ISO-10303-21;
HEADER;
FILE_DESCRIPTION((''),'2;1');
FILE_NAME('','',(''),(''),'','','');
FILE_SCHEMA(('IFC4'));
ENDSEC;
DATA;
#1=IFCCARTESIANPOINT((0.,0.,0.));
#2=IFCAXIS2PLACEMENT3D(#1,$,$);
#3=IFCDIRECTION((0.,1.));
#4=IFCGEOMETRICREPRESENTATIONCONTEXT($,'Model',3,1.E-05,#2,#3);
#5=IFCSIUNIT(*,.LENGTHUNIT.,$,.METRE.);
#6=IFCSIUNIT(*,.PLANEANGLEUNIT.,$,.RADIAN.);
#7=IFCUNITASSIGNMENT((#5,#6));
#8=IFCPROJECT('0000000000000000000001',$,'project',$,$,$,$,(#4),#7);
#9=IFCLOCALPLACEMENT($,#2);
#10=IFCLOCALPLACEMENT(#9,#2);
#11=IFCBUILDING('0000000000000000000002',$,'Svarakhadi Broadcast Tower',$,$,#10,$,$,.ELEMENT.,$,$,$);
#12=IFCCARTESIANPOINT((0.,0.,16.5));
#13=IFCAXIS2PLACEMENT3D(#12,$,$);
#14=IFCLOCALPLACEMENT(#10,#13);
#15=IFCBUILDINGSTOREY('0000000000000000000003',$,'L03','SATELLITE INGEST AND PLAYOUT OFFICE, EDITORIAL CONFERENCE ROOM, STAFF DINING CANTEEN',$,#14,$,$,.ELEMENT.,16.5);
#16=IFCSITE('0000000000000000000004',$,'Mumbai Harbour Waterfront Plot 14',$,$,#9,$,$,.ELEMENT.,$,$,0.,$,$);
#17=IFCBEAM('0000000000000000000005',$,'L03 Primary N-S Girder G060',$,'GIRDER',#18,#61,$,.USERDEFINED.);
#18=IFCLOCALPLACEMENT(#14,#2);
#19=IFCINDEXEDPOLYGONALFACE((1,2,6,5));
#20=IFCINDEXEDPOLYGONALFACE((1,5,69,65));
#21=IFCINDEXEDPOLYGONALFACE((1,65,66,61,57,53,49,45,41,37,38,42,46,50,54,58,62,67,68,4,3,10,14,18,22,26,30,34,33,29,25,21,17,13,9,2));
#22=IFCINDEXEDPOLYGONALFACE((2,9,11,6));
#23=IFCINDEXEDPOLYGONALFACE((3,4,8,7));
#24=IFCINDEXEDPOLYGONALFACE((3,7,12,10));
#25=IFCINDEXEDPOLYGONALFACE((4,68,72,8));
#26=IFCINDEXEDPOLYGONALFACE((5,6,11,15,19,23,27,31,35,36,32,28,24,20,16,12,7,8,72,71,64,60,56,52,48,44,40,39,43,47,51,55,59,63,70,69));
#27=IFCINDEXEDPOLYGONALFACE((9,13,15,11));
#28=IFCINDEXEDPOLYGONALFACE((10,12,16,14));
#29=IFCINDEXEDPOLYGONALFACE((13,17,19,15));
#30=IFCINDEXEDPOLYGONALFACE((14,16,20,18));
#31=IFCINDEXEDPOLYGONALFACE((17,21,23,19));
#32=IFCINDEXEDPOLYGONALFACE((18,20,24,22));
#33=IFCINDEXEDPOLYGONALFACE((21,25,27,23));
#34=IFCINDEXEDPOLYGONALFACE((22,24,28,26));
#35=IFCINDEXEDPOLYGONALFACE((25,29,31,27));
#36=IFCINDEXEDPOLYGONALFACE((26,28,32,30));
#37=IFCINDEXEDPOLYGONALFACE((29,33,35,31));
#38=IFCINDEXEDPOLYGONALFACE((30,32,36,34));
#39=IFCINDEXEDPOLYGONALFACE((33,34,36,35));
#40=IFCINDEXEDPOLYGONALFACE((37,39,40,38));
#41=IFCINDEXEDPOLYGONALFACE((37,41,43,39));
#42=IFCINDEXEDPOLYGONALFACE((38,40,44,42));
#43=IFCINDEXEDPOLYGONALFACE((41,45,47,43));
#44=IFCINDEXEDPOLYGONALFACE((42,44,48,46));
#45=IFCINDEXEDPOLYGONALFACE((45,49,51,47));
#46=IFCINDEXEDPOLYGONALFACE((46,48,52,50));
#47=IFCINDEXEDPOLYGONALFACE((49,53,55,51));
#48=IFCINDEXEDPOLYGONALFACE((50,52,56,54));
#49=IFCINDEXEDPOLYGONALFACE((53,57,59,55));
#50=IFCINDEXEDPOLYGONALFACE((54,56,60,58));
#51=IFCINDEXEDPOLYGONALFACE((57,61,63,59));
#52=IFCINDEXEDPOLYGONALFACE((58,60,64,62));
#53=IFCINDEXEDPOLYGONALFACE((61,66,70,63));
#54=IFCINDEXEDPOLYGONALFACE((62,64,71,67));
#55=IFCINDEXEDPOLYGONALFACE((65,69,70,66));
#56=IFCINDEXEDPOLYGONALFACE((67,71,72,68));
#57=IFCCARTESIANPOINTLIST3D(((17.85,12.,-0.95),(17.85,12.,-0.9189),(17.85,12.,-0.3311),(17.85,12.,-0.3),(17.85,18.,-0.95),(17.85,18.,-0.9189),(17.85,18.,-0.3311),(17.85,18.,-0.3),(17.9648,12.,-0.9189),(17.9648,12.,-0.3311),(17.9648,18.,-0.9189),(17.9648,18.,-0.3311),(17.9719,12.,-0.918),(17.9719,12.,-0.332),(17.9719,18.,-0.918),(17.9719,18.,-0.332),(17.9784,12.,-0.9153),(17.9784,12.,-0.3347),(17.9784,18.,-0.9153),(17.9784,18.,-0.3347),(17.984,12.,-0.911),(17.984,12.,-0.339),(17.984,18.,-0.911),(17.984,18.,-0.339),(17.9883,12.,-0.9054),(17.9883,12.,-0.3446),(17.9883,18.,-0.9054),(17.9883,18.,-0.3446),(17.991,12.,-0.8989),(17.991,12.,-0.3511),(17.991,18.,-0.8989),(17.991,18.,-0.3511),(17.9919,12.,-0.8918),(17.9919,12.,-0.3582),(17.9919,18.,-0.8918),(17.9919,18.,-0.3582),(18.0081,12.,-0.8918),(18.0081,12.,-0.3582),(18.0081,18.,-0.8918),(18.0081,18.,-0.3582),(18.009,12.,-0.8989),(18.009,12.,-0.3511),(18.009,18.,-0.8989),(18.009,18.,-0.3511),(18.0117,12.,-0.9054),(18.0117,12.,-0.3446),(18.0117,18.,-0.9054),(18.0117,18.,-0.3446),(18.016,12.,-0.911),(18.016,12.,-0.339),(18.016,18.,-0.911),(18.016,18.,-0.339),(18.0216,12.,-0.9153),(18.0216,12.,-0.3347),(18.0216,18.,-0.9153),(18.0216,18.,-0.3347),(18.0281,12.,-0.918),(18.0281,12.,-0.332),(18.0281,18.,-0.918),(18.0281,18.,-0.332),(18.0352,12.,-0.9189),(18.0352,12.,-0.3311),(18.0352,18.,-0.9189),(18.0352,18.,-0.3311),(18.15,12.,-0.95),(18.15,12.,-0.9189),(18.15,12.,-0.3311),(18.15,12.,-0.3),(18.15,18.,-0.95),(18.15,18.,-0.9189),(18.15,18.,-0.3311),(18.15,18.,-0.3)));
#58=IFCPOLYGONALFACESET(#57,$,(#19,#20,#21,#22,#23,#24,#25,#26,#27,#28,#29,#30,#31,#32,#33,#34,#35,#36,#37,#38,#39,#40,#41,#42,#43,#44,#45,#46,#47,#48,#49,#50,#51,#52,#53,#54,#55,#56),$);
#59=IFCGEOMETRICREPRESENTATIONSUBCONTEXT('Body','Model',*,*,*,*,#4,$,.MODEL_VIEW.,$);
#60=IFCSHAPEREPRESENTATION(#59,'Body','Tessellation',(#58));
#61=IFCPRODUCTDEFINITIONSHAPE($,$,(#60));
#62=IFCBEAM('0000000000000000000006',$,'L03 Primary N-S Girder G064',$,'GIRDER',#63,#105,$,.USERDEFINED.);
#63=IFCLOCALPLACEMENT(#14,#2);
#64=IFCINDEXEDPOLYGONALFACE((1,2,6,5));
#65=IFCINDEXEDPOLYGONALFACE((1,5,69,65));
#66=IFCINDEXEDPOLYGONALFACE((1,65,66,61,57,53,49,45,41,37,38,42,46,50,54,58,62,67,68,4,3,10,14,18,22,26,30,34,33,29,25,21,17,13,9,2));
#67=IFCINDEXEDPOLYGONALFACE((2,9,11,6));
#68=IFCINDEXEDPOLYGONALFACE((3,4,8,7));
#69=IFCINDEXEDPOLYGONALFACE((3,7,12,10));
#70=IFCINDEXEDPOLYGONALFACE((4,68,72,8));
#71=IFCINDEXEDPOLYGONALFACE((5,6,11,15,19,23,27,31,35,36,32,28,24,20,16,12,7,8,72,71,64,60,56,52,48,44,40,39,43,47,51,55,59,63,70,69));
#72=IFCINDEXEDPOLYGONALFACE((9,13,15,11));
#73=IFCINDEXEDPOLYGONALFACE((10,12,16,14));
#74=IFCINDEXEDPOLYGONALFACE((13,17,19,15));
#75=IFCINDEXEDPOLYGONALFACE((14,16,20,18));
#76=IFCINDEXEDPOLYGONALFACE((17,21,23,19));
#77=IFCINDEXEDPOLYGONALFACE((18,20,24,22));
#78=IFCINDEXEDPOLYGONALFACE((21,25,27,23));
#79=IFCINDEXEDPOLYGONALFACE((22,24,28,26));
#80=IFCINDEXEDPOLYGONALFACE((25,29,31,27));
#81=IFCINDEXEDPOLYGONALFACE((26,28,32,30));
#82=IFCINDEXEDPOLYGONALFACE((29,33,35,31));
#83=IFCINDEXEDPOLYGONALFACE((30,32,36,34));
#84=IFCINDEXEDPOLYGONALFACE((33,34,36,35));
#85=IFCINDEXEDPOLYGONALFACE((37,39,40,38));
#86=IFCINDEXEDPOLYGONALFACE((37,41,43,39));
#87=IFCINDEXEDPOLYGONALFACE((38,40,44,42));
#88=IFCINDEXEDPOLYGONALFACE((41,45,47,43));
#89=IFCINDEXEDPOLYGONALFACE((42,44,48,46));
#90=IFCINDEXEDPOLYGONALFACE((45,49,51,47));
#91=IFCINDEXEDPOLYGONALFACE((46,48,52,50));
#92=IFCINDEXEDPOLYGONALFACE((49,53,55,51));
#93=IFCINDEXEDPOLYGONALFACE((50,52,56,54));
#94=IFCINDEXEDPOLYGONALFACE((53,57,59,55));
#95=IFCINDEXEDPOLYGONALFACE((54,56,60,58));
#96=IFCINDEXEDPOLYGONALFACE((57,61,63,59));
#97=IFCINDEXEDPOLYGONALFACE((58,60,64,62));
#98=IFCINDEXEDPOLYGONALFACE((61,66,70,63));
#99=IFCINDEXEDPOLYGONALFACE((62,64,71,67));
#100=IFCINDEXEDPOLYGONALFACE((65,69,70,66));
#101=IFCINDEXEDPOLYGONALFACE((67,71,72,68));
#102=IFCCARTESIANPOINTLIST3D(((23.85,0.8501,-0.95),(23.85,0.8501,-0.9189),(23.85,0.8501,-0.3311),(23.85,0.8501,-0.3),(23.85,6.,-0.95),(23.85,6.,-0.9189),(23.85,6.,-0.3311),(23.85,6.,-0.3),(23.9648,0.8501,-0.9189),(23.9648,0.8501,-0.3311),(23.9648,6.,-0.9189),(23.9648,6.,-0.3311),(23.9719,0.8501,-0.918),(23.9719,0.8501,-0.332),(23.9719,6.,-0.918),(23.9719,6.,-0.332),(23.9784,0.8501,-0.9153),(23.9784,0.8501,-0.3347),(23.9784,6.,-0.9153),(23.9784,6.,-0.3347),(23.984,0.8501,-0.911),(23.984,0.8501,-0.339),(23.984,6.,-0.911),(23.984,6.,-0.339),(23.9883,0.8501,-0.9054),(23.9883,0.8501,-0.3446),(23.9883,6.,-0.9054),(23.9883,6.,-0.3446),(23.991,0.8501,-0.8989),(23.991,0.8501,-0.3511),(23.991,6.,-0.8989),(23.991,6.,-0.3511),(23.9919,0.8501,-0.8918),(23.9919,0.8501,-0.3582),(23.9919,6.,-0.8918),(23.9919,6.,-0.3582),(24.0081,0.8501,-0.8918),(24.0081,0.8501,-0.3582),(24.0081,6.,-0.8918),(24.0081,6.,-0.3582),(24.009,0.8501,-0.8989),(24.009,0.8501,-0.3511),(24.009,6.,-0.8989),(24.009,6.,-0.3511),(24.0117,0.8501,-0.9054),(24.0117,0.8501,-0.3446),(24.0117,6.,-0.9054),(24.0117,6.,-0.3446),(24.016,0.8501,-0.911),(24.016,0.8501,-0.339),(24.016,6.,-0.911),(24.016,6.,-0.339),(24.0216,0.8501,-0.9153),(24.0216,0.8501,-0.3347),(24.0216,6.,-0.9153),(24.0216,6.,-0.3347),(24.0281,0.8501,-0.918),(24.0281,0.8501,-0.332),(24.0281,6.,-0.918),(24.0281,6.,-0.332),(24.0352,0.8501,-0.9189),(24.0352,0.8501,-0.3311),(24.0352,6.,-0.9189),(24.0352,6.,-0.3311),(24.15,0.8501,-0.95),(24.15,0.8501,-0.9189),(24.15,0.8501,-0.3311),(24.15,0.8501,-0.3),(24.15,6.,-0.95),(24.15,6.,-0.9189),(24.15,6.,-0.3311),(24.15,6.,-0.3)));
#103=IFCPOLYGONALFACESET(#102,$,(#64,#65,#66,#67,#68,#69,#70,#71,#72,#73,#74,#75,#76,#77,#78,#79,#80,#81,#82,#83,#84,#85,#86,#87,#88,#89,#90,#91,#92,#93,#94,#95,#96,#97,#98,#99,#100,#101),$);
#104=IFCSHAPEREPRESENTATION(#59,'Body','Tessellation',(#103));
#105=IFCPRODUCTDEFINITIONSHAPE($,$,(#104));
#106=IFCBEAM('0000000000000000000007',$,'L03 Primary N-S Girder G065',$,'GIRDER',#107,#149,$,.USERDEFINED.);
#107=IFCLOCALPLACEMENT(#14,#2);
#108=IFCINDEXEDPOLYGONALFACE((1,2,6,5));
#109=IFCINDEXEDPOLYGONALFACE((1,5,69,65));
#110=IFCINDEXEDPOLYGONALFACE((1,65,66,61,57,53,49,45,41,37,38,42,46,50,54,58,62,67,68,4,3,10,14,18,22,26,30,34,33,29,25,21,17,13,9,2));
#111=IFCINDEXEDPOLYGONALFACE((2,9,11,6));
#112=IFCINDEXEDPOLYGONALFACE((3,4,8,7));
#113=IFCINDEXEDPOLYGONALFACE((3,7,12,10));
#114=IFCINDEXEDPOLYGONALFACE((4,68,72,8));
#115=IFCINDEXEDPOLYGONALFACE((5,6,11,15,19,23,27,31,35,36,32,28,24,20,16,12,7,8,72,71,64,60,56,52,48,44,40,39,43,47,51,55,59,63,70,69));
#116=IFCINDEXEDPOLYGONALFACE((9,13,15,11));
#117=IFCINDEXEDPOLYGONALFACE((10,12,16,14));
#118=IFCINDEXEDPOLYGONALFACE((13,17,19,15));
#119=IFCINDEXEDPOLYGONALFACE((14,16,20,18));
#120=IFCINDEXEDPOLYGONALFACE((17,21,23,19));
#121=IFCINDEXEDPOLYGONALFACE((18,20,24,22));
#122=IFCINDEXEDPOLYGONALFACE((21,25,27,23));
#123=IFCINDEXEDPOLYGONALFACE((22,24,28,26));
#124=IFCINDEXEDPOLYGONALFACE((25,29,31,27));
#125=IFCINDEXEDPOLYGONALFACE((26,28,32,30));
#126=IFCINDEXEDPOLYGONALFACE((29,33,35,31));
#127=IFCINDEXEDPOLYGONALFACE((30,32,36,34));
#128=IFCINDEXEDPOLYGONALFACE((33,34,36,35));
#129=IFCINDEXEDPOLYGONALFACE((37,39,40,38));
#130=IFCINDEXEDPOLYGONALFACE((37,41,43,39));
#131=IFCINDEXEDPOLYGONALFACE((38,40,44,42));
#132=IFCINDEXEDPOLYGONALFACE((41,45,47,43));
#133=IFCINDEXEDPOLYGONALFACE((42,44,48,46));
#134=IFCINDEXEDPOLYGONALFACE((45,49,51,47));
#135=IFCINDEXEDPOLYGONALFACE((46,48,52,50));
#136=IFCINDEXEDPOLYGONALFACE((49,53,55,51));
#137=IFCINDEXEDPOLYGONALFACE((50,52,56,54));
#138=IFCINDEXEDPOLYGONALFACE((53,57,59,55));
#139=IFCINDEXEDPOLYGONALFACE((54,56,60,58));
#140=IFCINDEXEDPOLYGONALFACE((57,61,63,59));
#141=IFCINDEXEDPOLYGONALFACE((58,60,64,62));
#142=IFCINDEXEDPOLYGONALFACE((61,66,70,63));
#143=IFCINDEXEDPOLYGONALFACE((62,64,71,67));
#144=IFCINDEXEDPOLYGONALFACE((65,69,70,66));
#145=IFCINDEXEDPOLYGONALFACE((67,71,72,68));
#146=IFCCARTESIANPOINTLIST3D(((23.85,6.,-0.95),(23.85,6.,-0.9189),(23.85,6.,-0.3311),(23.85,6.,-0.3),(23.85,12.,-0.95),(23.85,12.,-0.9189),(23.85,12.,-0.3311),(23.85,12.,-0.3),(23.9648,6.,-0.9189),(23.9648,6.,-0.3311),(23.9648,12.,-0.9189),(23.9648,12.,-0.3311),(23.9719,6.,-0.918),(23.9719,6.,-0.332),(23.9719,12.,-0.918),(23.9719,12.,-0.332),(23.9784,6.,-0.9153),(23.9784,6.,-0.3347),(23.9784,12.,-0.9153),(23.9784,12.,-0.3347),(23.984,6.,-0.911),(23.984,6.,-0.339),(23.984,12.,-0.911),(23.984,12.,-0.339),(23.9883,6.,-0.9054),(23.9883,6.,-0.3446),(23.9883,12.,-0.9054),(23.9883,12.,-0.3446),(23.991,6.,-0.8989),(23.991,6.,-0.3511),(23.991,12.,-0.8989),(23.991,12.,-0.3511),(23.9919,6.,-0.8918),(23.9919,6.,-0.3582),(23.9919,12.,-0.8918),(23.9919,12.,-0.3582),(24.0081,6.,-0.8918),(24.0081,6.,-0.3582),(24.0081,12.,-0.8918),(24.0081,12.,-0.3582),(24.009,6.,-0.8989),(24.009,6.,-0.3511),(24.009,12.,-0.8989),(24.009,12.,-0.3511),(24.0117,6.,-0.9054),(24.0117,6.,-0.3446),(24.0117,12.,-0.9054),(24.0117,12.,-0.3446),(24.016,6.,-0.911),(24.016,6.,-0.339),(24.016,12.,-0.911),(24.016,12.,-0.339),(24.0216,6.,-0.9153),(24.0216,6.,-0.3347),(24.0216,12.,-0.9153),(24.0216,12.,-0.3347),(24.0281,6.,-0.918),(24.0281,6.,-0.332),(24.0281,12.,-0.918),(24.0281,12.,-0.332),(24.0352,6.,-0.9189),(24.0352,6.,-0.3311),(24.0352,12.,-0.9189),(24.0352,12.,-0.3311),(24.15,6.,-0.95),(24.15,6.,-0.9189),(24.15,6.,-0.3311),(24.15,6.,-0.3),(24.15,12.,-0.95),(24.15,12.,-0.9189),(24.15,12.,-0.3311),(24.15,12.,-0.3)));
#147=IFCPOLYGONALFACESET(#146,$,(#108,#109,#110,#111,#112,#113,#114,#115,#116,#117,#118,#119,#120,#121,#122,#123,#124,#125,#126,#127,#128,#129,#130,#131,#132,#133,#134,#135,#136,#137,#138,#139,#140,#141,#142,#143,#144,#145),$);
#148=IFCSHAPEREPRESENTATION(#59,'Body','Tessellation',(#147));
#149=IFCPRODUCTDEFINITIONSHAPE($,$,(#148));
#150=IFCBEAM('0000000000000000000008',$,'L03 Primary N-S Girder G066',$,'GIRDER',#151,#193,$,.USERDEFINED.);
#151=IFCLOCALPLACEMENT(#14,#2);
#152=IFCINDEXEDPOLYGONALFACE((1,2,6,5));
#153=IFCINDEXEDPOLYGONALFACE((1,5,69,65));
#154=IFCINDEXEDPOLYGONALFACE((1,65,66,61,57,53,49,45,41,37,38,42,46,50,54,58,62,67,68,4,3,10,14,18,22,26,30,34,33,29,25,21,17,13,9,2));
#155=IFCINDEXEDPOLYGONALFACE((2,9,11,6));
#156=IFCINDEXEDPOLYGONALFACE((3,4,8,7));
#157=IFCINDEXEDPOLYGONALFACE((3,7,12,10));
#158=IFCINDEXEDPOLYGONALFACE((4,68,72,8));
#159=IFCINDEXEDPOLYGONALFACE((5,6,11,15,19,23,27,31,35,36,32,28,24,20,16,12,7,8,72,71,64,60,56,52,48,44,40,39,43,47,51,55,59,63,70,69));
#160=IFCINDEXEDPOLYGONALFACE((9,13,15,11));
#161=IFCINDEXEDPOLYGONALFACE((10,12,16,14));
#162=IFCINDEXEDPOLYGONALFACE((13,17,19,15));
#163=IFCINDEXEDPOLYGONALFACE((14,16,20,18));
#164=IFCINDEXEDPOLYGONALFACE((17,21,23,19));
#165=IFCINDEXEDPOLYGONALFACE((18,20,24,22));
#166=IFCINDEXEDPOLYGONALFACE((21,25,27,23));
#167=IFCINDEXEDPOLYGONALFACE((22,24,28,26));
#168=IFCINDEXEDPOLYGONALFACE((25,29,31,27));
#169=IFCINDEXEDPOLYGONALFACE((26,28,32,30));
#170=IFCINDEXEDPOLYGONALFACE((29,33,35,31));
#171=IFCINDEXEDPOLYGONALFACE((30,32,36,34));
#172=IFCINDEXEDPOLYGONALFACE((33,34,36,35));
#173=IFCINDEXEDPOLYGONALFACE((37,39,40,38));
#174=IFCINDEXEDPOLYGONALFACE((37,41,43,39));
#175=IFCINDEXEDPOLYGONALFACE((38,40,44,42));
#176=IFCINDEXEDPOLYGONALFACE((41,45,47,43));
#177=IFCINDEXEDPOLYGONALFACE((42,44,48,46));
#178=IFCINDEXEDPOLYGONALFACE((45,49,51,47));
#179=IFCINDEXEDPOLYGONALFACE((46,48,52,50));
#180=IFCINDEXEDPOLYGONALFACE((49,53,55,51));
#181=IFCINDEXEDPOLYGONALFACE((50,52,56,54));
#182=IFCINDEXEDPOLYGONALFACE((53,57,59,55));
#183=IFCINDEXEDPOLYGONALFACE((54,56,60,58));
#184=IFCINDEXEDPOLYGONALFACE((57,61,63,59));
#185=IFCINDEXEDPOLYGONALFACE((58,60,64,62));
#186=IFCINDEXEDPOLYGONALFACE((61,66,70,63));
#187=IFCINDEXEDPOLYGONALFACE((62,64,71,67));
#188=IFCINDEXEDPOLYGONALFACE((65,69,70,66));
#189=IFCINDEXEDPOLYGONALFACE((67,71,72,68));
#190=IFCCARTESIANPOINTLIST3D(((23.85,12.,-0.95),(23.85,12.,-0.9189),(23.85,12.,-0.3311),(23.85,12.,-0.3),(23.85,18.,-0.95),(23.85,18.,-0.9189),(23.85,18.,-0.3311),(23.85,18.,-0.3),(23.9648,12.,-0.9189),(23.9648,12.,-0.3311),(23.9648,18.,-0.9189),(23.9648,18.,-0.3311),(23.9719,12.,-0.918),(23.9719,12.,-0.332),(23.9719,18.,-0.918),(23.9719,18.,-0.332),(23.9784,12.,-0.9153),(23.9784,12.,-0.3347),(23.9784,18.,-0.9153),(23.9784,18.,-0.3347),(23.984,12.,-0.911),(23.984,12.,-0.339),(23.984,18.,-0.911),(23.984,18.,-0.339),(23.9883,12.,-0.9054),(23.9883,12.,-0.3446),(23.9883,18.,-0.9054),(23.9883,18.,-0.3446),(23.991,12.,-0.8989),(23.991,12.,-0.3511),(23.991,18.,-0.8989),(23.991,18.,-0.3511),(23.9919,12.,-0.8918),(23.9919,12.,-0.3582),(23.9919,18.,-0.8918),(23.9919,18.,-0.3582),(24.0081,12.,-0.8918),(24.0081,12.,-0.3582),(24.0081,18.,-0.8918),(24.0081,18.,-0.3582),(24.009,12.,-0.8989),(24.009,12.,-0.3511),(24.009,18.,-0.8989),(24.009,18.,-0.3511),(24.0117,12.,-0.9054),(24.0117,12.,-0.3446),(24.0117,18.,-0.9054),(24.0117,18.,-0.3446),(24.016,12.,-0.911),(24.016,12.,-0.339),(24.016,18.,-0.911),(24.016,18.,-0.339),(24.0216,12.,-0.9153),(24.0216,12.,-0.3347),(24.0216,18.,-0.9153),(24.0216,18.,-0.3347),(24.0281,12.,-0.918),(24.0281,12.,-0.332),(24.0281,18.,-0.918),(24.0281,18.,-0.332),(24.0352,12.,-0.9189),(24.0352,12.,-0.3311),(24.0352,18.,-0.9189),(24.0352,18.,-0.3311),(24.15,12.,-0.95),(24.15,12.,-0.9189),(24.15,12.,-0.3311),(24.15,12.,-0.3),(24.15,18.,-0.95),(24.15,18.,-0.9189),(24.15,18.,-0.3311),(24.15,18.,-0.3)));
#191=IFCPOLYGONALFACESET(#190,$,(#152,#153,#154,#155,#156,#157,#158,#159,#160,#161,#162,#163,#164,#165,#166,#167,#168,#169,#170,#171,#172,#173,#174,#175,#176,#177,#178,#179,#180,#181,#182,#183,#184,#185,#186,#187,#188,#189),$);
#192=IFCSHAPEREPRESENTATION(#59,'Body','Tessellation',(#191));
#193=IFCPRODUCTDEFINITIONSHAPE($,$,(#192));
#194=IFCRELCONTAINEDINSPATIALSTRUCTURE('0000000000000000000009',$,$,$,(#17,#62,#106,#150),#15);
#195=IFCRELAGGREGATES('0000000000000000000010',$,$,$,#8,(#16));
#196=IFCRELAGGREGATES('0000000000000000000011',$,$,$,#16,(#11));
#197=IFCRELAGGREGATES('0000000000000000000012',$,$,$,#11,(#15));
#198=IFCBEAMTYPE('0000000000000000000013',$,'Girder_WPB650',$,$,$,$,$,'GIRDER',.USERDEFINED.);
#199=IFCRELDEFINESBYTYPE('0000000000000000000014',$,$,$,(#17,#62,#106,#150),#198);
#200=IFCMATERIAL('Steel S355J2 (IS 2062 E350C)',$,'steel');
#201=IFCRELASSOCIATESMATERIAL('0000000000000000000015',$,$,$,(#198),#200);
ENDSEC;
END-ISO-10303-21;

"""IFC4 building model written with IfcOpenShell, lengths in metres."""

from ifc_helpers import new_model, si_unit, direction, frame, origin, origin_2d, place, context, subcontext, project, spatial, i_section, extrude, material, material_profile, profile_set, type_object, element, save


model = new_model("IFC4")

# Units and contexts
model_context = context("Model", 3, precision=1e-05, world=origin(), true_north=direction((0.0, 1.0)))
body_context = subcontext(model_context, "Body", "Model", "MODEL_VIEW")
ifc_project = project(units=[si_unit("LENGTHUNIT", "METRE"), si_unit("PLANEANGLEUNIT", "RADIAN")], contexts=[model_context])

# Site, building, storey
site_placement = place(None, origin())
site = spatial("IfcSite", under=ifc_project, at=site_placement, Name="Mumbai Harbour Waterfront Plot 14", CompositionType="ELEMENT", RefElevation=0.0)
building_placement = place(site_placement, origin())
building = spatial("IfcBuilding", under=site, at=building_placement, Name="Svarakhadi Broadcast Tower", CompositionType="ELEMENT")
storey_placement = place(building_placement, frame((0.0, 0.0, 16.5)))
storey = spatial("IfcBuildingStorey", under=building, at=storey_placement, Name="L03", Description="SATELLITE INGEST AND PLAYOUT OFFICE, EDITORIAL CONFERENCE ROOM, STAFF DINING CANTEEN", CompositionType="ELEMENT", Elevation=16.5)

# Shared definitions
ifc_material_1 = material(Name="Steel S355J2 (IS 2062 E350C)", Category="steel")

# Beams
ifc_material_profile_1 = material_profile(ifc_material_1, i_section(OverallWidth=0.3, OverallDepth=0.6499, WebThickness=0.0161, FlangeThickness=0.031, FilletRadius=0.0271, at=origin_2d()), Name="WPB 650x300x225")
ifc_profile_set_1 = profile_set([ifc_material_profile_1], Name="Steel S355J2 (IS 2062 E350C)")
beam_type_1 = type_object("IfcBeamType", Name="Girder_WPB650", ElementType="GIRDER", PredefinedType="USERDEFINED", material=ifc_profile_set_1)
for number, where, z_axis, x_axis, name in (
    (1, (18.0, 12.0, -0.625), (0.0, 1.0, 0.0), (-1.0, 0.0, 0.0), "L03 Primary N-S Girder G060"),
):
    element("IfcBeam", number, at=place(storey_placement, frame(where, z_axis=z_axis, x_axis=x_axis)), inside=storey, type_object=beam_type_1, Name=name, ObjectType="GIRDER", PredefinedType="USERDEFINED", context=body_context, shape_type="SweptSolid", body=[
        extrude(i_section(OverallWidth=0.3, OverallDepth=0.6499, WebThickness=0.0161, FlangeThickness=0.031, FilletRadius=0.0271, at=origin_2d()), origin(), (0.0, 0.0, 1.0), 6.0),
    ])
beam_1_placement = place(storey_placement, frame((24.0, 0.8501, -0.625), z_axis=(0.0, 1.0, 0.0), x_axis=(-1.0, 0.0, 0.0)))
element("IfcBeam", 2, at=beam_1_placement, inside=storey, type_object=beam_type_1, Name="L03 Primary N-S Girder G064", ObjectType="GIRDER", PredefinedType="USERDEFINED", context=body_context, shape_type="SweptSolid", body=[
    extrude(i_section(OverallWidth=0.3, OverallDepth=0.6499, WebThickness=0.0161, FlangeThickness=0.031, FilletRadius=0.0271, at=origin_2d()), origin(), (0.0, 0.0, 1.0), 5.1499),
])
for number, where, z_axis, x_axis, name in (
    (3, (24.0, 6.0, -0.625), (0.0, 1.0, 0.0), (-1.0, 0.0, 0.0), "L03 Primary N-S Girder G065"),
    (4, (24.0, 12.0, -0.625), (0.0, 1.0, 0.0), (-1.0, 0.0, 0.0), "L03 Primary N-S Girder G066"),
):
    element("IfcBeam", number, at=place(storey_placement, frame(where, z_axis=z_axis, x_axis=x_axis)), inside=storey, type_object=beam_type_1, Name=name, ObjectType="GIRDER", PredefinedType="USERDEFINED", context=body_context, shape_type="SweptSolid", body=[
        extrude(i_section(OverallWidth=0.3, OverallDepth=0.6499, WebThickness=0.0161, FlangeThickness=0.031, FilletRadius=0.0271, at=origin_2d()), origin(), (0.0, 0.0, 1.0), 6.0),
    ])

save(model, "model.ifc")
